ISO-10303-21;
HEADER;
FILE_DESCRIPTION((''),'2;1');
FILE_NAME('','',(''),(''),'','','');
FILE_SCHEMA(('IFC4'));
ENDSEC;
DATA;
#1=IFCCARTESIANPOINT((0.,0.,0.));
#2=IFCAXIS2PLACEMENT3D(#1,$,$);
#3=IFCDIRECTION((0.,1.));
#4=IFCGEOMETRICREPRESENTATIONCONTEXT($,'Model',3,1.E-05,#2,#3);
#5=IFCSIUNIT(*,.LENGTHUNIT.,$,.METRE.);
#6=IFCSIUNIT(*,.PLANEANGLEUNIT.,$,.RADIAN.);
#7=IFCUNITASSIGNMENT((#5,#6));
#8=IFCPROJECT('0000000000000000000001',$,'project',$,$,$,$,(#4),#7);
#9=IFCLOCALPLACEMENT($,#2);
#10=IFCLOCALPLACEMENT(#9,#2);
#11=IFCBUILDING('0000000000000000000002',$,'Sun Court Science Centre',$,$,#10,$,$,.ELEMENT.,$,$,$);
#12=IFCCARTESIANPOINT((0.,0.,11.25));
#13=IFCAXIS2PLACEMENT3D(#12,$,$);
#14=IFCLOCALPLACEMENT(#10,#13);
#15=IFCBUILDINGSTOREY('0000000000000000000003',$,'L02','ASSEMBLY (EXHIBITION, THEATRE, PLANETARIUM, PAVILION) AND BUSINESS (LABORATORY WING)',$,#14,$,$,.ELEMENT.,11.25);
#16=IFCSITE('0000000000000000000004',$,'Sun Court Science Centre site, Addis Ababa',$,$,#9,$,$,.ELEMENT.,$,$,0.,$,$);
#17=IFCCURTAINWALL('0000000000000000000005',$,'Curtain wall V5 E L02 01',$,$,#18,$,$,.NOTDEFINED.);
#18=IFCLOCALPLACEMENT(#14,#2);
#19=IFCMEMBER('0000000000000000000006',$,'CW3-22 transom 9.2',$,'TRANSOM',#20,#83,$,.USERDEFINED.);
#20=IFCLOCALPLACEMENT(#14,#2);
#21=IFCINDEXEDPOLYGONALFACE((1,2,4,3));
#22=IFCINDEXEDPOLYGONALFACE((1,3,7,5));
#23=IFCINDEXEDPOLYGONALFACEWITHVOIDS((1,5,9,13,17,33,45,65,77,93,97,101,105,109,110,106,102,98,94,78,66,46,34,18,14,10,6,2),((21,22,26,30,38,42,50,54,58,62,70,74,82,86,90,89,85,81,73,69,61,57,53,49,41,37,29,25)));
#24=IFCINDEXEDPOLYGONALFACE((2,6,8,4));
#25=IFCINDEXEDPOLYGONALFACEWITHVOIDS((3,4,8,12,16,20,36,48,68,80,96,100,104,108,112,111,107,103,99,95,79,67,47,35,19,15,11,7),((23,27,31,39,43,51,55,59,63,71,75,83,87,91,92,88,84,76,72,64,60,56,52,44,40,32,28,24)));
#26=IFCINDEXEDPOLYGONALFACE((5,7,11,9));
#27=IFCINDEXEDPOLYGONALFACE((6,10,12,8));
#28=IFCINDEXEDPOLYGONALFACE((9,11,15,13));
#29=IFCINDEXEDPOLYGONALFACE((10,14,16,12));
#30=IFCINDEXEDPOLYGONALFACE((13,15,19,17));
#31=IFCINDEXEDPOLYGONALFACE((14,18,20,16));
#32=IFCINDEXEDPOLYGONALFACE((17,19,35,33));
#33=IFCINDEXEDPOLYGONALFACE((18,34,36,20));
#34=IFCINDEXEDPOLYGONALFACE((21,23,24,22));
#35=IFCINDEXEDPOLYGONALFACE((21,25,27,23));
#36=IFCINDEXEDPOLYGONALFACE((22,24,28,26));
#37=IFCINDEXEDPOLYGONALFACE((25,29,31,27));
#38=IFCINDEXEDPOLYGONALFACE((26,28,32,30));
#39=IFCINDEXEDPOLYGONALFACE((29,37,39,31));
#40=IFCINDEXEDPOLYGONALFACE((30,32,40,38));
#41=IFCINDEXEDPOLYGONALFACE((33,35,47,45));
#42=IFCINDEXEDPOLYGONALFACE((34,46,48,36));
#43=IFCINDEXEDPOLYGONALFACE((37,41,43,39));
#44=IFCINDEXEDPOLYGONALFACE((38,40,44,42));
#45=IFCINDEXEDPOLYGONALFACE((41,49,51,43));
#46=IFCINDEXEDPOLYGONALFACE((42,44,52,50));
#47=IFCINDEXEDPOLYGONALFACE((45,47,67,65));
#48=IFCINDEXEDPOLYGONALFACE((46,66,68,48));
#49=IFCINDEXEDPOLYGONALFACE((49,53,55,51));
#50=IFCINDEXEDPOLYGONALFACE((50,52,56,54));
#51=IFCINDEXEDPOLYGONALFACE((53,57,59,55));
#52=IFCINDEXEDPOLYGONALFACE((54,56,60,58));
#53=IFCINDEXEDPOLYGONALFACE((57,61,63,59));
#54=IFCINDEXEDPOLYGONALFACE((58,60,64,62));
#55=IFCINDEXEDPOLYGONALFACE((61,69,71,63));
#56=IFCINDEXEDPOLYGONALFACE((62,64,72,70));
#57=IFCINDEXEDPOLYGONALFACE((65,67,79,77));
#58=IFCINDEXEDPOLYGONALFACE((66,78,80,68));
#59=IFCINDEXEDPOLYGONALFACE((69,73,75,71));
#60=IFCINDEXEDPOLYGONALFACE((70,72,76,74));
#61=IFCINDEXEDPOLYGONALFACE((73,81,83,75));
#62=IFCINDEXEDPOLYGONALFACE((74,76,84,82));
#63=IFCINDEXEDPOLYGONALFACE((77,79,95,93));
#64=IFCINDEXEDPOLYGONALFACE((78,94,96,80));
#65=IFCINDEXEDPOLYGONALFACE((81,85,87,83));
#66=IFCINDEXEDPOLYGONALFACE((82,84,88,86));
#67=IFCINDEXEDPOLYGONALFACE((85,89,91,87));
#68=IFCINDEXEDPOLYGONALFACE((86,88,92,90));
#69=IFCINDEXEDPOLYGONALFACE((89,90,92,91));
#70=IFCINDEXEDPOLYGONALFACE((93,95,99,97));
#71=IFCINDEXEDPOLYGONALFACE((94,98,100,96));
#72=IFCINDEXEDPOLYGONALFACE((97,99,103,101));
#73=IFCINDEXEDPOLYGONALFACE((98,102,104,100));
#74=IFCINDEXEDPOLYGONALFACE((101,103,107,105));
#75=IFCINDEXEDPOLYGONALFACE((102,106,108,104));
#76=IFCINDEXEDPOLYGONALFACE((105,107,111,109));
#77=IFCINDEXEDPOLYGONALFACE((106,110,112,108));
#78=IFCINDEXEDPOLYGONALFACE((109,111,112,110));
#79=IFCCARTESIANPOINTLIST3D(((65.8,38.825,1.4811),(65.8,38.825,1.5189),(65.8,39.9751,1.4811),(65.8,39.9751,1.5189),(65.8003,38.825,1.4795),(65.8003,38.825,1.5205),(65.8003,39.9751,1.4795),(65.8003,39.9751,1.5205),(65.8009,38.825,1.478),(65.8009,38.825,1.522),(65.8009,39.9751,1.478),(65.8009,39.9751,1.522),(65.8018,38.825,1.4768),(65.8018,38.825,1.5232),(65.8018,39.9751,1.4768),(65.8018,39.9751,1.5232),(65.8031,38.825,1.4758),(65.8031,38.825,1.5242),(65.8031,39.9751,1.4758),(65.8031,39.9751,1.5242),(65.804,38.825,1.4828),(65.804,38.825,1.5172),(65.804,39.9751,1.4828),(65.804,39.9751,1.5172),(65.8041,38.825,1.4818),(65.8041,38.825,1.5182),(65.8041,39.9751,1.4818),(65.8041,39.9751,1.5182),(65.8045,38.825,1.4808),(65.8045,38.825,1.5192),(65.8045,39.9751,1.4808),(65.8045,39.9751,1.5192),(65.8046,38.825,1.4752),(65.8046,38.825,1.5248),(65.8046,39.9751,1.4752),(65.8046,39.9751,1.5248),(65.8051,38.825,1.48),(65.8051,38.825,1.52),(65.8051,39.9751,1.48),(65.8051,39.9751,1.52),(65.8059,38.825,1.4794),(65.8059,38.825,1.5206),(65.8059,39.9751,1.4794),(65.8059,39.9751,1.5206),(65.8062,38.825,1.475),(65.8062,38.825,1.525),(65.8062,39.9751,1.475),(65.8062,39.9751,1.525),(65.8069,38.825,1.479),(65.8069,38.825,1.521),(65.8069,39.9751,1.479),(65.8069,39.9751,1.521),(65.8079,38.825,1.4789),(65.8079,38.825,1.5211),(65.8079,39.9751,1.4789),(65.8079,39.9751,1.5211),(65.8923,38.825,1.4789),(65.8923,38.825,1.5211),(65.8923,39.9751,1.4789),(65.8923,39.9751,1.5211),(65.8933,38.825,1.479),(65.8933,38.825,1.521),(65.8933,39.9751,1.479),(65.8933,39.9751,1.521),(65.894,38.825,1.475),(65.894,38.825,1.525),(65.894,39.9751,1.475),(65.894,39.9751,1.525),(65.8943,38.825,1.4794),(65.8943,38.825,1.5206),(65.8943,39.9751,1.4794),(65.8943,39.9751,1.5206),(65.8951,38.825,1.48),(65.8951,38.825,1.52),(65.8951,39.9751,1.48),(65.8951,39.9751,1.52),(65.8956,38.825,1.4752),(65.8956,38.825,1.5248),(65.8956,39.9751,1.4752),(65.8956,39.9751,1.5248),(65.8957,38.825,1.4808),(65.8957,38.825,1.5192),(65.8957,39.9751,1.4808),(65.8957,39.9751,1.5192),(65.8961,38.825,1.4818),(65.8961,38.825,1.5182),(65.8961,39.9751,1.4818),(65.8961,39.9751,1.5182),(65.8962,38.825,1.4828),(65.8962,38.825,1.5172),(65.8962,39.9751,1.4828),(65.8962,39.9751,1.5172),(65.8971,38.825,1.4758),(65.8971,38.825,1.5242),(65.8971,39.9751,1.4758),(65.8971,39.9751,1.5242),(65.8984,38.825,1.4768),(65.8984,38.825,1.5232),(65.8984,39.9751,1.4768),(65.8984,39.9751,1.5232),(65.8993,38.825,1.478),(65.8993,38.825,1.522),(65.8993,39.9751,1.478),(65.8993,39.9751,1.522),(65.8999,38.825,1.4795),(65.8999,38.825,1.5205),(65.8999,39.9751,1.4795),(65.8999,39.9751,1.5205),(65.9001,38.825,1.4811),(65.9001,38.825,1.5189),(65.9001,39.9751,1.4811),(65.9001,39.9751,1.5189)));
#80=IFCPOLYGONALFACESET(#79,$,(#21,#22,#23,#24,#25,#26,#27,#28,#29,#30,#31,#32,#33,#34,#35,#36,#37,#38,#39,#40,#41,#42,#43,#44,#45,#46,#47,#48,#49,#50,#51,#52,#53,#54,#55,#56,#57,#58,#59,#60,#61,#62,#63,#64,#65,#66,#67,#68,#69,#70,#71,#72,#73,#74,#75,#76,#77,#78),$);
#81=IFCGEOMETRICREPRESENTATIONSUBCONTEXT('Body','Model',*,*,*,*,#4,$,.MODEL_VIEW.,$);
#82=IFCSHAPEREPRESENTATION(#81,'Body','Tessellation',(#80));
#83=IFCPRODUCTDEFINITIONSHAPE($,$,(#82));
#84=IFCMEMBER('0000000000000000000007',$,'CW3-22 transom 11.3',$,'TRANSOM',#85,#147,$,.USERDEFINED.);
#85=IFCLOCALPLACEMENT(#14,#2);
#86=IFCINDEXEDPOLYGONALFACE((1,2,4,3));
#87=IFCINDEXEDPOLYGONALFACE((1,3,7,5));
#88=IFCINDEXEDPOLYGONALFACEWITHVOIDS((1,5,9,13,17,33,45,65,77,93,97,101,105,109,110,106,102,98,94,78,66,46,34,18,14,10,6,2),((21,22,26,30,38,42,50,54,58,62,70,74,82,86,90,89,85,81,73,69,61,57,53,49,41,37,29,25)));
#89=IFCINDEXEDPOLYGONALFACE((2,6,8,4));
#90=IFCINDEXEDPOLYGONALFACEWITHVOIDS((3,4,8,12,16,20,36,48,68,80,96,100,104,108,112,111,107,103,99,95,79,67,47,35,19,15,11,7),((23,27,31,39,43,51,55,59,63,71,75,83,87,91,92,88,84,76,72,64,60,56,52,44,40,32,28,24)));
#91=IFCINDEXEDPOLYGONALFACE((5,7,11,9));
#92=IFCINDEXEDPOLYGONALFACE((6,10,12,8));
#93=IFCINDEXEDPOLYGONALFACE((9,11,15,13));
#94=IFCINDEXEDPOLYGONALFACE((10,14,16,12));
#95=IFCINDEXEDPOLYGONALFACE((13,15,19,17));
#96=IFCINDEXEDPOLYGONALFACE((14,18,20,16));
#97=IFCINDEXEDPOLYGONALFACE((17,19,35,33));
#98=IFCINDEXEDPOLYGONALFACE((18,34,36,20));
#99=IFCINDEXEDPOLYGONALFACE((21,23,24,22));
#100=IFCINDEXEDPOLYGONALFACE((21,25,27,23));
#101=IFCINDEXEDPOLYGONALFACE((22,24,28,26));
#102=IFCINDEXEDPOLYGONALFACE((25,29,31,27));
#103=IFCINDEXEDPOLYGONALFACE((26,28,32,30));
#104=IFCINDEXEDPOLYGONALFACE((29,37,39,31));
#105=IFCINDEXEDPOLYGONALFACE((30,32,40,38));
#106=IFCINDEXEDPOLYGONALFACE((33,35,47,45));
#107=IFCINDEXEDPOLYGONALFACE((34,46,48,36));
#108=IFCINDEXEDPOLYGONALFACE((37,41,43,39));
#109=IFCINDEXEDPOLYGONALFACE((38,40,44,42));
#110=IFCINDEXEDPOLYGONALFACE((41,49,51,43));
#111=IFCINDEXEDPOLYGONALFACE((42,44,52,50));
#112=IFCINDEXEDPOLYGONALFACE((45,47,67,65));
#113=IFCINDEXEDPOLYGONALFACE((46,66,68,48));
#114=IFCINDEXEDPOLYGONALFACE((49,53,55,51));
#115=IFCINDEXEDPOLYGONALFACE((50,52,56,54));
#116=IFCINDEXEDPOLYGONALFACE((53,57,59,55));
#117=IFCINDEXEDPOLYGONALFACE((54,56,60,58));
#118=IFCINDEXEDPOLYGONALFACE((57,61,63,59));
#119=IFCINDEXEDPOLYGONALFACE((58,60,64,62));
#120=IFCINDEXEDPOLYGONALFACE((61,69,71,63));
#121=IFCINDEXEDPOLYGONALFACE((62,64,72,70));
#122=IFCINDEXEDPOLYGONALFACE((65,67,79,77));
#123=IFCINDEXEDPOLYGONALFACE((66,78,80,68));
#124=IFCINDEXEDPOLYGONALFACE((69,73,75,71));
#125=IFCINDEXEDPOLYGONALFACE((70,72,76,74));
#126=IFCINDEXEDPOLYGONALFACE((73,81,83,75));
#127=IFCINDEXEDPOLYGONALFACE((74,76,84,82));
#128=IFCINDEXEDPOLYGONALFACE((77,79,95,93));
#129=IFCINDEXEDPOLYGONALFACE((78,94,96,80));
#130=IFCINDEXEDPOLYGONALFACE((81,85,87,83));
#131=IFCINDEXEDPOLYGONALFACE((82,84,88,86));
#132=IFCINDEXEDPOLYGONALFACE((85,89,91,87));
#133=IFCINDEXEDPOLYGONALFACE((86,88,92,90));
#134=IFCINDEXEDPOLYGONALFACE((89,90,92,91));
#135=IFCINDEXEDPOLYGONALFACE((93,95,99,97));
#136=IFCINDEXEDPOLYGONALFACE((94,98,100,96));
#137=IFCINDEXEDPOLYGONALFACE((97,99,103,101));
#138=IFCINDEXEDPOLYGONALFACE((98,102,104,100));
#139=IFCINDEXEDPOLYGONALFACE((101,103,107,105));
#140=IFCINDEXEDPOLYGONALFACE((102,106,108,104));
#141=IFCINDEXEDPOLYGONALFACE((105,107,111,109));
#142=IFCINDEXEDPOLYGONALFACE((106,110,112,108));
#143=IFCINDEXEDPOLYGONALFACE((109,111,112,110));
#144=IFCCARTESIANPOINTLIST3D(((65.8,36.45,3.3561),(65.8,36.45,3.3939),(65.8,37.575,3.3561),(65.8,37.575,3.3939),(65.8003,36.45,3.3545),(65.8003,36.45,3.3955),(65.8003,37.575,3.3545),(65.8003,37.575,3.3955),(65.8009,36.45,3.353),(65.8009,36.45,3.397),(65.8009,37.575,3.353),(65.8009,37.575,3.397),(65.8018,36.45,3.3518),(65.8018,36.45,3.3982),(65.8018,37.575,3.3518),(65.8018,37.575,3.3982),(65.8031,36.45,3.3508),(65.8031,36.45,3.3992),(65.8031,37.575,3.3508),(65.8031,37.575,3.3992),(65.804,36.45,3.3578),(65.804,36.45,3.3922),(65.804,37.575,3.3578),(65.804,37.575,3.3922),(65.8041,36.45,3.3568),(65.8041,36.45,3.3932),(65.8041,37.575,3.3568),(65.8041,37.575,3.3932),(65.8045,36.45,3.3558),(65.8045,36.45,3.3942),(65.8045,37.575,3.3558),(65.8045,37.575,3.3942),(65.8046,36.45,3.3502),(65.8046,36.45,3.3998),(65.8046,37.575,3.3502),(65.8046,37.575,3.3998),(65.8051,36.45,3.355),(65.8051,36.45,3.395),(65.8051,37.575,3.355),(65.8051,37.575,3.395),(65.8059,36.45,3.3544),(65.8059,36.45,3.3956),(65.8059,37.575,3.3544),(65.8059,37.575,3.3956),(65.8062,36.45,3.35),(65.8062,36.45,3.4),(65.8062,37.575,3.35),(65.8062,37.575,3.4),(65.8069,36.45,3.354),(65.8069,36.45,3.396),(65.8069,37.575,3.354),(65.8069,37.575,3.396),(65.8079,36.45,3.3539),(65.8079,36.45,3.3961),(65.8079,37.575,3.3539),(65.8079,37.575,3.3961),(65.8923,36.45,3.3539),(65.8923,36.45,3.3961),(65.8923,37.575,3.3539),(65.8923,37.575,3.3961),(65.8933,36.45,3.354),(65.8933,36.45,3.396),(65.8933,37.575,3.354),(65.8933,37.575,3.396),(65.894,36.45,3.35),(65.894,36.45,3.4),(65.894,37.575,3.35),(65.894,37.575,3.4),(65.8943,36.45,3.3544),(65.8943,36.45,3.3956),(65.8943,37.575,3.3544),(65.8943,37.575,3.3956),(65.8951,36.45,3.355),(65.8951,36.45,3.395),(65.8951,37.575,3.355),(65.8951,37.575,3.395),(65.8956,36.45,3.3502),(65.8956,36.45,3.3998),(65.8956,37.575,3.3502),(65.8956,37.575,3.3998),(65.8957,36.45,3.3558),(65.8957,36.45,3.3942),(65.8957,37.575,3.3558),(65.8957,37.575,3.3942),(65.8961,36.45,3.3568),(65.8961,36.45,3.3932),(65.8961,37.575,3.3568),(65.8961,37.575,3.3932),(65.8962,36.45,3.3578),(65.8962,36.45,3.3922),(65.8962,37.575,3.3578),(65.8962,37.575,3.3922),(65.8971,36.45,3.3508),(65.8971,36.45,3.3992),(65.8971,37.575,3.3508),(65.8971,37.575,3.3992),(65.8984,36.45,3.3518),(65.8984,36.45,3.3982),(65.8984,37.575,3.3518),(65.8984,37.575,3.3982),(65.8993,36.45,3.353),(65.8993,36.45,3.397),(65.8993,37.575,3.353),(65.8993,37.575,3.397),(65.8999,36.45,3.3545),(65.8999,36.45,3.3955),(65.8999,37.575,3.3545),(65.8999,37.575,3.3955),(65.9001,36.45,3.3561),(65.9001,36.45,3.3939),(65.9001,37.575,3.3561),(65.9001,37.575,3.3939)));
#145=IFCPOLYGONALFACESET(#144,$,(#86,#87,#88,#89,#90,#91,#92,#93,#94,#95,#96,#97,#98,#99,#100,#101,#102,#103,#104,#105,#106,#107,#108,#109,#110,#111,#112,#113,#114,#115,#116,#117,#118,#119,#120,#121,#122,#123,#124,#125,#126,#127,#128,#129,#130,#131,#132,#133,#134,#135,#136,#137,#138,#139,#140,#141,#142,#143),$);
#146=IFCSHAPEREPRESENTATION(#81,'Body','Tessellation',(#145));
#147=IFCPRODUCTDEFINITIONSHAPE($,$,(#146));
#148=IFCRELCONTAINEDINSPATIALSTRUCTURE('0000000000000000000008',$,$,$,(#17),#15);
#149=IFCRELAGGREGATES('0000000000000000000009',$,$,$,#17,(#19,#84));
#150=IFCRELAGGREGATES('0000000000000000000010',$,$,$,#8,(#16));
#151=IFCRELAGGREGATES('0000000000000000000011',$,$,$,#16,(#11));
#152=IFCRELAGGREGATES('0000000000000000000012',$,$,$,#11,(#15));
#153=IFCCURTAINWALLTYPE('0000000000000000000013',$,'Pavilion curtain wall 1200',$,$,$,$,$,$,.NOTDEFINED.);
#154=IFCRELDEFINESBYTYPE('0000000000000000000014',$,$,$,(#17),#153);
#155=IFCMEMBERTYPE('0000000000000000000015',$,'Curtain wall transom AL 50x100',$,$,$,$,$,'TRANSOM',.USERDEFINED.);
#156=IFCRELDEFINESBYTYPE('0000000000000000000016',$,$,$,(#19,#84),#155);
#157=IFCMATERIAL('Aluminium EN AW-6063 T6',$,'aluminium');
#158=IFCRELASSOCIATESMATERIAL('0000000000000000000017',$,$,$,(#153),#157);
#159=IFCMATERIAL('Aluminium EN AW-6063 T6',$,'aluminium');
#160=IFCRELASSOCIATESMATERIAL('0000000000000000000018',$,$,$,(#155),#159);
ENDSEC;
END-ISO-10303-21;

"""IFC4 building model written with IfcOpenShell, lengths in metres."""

from ifc_helpers import new_model, si_unit, direction, frame, origin, origin_2d, place, context, subcontext, project, spatial, hollow_rectangle, extrude, material, material_profile, profile_set, type_object, element, aggregate, save


model = new_model("IFC4")

# Units and contexts
model_context = context("Model", 3, precision=1e-05, world=origin(), true_north=direction((0.0, 1.0)))
body_context = subcontext(model_context, "Body", "Model", "MODEL_VIEW")
ifc_project = project(units=[si_unit("LENGTHUNIT", "METRE"), si_unit("PLANEANGLEUNIT", "RADIAN")], contexts=[model_context])

# Site, building, storey
site_placement = place(None, origin())
site = spatial("IfcSite", under=ifc_project, at=site_placement, Name="Sun Court Science Centre site, Addis Ababa", CompositionType="ELEMENT", RefElevation=0.0)
building_placement = place(site_placement, origin())
building = spatial("IfcBuilding", under=site, at=building_placement, Name="Sun Court Science Centre", CompositionType="ELEMENT")
storey_placement = place(building_placement, frame((0.0, 0.0, 11.25)))
storey = spatial("IfcBuildingStorey", under=building, at=storey_placement, Name="L02", Description="ASSEMBLY (EXHIBITION, THEATRE, PLANETARIUM, PAVILION) AND BUSINESS (LABORATORY WING)", CompositionType="ELEMENT", Elevation=11.25)

# Curtain wall, members
ifc_material_1 = material(Name="Aluminium EN AW-6063 T6", Category="aluminium")
curtain_wall_type = type_object("IfcCurtainWallType", Name="Pavilion curtain wall 1200", PredefinedType="NOTDEFINED", material=ifc_material_1)
curtain_wall_placement = place(storey_placement, origin())
curtain_wall = element("IfcCurtainWall", 1, at=curtain_wall_placement, inside=storey, type_object=curtain_wall_type, Name="Curtain wall V5 E L02 01", PredefinedType="NOTDEFINED")
ifc_material_2 = material(Name="Aluminium EN AW-6063 T6", Category="aluminium")
ifc_material_profile_1 = material_profile(ifc_material_2, hollow_rectangle(XDim=0.05, YDim=0.1001, WallThickness=0.0039, InnerFilletRadius=0.0039, OuterFilletRadius=0.0061, at=origin_2d()), Name="AL 50x100x4")
ifc_profile_set_1 = profile_set([ifc_material_profile_1], Name="Aluminium EN AW-6063 T6")
member_type_1 = type_object("IfcMemberType", Name="Curtain wall transom AL 50x100", ElementType="TRANSOM", PredefinedType="USERDEFINED", material=ifc_profile_set_1)
member_1_placement = place(storey_placement, frame((65.8501, 39.9751, 1.5), z_axis=(0.0, -1.0, 0.0), x_axis=(0.0, 0.0, 1.0)))
member_1 = element("IfcMember", 2, at=member_1_placement, type_object=member_type_1, Name="CW3-22 transom 9.2", ObjectType="TRANSOM", PredefinedType="USERDEFINED", context=body_context, shape_type="SweptSolid", body=[
    extrude(hollow_rectangle(XDim=0.05, YDim=0.1001, WallThickness=0.0039, InnerFilletRadius=0.0039, OuterFilletRadius=0.0061, at=origin_2d()), origin(), (0.0, 0.0, 1.0), 1.1501),
])
member_2_placement = place(storey_placement, frame((65.8501, 37.575, 3.375), z_axis=(0.0, -1.0, 0.0), x_axis=(0.0, 0.0, 1.0)))
member_2 = element("IfcMember", 3, at=member_2_placement, type_object=member_type_1, Name="CW3-22 transom 11.3", ObjectType="TRANSOM", PredefinedType="USERDEFINED", context=body_context, shape_type="SweptSolid", body=[
    extrude(hollow_rectangle(XDim=0.05, YDim=0.1001, WallThickness=0.0039, InnerFilletRadius=0.0039, OuterFilletRadius=0.0061, at=origin_2d()), origin(), (0.0, 0.0, 1.0), 1.125),
])

aggregate(curtain_wall, [member_1, member_2])

save(model, "model.ifc")
